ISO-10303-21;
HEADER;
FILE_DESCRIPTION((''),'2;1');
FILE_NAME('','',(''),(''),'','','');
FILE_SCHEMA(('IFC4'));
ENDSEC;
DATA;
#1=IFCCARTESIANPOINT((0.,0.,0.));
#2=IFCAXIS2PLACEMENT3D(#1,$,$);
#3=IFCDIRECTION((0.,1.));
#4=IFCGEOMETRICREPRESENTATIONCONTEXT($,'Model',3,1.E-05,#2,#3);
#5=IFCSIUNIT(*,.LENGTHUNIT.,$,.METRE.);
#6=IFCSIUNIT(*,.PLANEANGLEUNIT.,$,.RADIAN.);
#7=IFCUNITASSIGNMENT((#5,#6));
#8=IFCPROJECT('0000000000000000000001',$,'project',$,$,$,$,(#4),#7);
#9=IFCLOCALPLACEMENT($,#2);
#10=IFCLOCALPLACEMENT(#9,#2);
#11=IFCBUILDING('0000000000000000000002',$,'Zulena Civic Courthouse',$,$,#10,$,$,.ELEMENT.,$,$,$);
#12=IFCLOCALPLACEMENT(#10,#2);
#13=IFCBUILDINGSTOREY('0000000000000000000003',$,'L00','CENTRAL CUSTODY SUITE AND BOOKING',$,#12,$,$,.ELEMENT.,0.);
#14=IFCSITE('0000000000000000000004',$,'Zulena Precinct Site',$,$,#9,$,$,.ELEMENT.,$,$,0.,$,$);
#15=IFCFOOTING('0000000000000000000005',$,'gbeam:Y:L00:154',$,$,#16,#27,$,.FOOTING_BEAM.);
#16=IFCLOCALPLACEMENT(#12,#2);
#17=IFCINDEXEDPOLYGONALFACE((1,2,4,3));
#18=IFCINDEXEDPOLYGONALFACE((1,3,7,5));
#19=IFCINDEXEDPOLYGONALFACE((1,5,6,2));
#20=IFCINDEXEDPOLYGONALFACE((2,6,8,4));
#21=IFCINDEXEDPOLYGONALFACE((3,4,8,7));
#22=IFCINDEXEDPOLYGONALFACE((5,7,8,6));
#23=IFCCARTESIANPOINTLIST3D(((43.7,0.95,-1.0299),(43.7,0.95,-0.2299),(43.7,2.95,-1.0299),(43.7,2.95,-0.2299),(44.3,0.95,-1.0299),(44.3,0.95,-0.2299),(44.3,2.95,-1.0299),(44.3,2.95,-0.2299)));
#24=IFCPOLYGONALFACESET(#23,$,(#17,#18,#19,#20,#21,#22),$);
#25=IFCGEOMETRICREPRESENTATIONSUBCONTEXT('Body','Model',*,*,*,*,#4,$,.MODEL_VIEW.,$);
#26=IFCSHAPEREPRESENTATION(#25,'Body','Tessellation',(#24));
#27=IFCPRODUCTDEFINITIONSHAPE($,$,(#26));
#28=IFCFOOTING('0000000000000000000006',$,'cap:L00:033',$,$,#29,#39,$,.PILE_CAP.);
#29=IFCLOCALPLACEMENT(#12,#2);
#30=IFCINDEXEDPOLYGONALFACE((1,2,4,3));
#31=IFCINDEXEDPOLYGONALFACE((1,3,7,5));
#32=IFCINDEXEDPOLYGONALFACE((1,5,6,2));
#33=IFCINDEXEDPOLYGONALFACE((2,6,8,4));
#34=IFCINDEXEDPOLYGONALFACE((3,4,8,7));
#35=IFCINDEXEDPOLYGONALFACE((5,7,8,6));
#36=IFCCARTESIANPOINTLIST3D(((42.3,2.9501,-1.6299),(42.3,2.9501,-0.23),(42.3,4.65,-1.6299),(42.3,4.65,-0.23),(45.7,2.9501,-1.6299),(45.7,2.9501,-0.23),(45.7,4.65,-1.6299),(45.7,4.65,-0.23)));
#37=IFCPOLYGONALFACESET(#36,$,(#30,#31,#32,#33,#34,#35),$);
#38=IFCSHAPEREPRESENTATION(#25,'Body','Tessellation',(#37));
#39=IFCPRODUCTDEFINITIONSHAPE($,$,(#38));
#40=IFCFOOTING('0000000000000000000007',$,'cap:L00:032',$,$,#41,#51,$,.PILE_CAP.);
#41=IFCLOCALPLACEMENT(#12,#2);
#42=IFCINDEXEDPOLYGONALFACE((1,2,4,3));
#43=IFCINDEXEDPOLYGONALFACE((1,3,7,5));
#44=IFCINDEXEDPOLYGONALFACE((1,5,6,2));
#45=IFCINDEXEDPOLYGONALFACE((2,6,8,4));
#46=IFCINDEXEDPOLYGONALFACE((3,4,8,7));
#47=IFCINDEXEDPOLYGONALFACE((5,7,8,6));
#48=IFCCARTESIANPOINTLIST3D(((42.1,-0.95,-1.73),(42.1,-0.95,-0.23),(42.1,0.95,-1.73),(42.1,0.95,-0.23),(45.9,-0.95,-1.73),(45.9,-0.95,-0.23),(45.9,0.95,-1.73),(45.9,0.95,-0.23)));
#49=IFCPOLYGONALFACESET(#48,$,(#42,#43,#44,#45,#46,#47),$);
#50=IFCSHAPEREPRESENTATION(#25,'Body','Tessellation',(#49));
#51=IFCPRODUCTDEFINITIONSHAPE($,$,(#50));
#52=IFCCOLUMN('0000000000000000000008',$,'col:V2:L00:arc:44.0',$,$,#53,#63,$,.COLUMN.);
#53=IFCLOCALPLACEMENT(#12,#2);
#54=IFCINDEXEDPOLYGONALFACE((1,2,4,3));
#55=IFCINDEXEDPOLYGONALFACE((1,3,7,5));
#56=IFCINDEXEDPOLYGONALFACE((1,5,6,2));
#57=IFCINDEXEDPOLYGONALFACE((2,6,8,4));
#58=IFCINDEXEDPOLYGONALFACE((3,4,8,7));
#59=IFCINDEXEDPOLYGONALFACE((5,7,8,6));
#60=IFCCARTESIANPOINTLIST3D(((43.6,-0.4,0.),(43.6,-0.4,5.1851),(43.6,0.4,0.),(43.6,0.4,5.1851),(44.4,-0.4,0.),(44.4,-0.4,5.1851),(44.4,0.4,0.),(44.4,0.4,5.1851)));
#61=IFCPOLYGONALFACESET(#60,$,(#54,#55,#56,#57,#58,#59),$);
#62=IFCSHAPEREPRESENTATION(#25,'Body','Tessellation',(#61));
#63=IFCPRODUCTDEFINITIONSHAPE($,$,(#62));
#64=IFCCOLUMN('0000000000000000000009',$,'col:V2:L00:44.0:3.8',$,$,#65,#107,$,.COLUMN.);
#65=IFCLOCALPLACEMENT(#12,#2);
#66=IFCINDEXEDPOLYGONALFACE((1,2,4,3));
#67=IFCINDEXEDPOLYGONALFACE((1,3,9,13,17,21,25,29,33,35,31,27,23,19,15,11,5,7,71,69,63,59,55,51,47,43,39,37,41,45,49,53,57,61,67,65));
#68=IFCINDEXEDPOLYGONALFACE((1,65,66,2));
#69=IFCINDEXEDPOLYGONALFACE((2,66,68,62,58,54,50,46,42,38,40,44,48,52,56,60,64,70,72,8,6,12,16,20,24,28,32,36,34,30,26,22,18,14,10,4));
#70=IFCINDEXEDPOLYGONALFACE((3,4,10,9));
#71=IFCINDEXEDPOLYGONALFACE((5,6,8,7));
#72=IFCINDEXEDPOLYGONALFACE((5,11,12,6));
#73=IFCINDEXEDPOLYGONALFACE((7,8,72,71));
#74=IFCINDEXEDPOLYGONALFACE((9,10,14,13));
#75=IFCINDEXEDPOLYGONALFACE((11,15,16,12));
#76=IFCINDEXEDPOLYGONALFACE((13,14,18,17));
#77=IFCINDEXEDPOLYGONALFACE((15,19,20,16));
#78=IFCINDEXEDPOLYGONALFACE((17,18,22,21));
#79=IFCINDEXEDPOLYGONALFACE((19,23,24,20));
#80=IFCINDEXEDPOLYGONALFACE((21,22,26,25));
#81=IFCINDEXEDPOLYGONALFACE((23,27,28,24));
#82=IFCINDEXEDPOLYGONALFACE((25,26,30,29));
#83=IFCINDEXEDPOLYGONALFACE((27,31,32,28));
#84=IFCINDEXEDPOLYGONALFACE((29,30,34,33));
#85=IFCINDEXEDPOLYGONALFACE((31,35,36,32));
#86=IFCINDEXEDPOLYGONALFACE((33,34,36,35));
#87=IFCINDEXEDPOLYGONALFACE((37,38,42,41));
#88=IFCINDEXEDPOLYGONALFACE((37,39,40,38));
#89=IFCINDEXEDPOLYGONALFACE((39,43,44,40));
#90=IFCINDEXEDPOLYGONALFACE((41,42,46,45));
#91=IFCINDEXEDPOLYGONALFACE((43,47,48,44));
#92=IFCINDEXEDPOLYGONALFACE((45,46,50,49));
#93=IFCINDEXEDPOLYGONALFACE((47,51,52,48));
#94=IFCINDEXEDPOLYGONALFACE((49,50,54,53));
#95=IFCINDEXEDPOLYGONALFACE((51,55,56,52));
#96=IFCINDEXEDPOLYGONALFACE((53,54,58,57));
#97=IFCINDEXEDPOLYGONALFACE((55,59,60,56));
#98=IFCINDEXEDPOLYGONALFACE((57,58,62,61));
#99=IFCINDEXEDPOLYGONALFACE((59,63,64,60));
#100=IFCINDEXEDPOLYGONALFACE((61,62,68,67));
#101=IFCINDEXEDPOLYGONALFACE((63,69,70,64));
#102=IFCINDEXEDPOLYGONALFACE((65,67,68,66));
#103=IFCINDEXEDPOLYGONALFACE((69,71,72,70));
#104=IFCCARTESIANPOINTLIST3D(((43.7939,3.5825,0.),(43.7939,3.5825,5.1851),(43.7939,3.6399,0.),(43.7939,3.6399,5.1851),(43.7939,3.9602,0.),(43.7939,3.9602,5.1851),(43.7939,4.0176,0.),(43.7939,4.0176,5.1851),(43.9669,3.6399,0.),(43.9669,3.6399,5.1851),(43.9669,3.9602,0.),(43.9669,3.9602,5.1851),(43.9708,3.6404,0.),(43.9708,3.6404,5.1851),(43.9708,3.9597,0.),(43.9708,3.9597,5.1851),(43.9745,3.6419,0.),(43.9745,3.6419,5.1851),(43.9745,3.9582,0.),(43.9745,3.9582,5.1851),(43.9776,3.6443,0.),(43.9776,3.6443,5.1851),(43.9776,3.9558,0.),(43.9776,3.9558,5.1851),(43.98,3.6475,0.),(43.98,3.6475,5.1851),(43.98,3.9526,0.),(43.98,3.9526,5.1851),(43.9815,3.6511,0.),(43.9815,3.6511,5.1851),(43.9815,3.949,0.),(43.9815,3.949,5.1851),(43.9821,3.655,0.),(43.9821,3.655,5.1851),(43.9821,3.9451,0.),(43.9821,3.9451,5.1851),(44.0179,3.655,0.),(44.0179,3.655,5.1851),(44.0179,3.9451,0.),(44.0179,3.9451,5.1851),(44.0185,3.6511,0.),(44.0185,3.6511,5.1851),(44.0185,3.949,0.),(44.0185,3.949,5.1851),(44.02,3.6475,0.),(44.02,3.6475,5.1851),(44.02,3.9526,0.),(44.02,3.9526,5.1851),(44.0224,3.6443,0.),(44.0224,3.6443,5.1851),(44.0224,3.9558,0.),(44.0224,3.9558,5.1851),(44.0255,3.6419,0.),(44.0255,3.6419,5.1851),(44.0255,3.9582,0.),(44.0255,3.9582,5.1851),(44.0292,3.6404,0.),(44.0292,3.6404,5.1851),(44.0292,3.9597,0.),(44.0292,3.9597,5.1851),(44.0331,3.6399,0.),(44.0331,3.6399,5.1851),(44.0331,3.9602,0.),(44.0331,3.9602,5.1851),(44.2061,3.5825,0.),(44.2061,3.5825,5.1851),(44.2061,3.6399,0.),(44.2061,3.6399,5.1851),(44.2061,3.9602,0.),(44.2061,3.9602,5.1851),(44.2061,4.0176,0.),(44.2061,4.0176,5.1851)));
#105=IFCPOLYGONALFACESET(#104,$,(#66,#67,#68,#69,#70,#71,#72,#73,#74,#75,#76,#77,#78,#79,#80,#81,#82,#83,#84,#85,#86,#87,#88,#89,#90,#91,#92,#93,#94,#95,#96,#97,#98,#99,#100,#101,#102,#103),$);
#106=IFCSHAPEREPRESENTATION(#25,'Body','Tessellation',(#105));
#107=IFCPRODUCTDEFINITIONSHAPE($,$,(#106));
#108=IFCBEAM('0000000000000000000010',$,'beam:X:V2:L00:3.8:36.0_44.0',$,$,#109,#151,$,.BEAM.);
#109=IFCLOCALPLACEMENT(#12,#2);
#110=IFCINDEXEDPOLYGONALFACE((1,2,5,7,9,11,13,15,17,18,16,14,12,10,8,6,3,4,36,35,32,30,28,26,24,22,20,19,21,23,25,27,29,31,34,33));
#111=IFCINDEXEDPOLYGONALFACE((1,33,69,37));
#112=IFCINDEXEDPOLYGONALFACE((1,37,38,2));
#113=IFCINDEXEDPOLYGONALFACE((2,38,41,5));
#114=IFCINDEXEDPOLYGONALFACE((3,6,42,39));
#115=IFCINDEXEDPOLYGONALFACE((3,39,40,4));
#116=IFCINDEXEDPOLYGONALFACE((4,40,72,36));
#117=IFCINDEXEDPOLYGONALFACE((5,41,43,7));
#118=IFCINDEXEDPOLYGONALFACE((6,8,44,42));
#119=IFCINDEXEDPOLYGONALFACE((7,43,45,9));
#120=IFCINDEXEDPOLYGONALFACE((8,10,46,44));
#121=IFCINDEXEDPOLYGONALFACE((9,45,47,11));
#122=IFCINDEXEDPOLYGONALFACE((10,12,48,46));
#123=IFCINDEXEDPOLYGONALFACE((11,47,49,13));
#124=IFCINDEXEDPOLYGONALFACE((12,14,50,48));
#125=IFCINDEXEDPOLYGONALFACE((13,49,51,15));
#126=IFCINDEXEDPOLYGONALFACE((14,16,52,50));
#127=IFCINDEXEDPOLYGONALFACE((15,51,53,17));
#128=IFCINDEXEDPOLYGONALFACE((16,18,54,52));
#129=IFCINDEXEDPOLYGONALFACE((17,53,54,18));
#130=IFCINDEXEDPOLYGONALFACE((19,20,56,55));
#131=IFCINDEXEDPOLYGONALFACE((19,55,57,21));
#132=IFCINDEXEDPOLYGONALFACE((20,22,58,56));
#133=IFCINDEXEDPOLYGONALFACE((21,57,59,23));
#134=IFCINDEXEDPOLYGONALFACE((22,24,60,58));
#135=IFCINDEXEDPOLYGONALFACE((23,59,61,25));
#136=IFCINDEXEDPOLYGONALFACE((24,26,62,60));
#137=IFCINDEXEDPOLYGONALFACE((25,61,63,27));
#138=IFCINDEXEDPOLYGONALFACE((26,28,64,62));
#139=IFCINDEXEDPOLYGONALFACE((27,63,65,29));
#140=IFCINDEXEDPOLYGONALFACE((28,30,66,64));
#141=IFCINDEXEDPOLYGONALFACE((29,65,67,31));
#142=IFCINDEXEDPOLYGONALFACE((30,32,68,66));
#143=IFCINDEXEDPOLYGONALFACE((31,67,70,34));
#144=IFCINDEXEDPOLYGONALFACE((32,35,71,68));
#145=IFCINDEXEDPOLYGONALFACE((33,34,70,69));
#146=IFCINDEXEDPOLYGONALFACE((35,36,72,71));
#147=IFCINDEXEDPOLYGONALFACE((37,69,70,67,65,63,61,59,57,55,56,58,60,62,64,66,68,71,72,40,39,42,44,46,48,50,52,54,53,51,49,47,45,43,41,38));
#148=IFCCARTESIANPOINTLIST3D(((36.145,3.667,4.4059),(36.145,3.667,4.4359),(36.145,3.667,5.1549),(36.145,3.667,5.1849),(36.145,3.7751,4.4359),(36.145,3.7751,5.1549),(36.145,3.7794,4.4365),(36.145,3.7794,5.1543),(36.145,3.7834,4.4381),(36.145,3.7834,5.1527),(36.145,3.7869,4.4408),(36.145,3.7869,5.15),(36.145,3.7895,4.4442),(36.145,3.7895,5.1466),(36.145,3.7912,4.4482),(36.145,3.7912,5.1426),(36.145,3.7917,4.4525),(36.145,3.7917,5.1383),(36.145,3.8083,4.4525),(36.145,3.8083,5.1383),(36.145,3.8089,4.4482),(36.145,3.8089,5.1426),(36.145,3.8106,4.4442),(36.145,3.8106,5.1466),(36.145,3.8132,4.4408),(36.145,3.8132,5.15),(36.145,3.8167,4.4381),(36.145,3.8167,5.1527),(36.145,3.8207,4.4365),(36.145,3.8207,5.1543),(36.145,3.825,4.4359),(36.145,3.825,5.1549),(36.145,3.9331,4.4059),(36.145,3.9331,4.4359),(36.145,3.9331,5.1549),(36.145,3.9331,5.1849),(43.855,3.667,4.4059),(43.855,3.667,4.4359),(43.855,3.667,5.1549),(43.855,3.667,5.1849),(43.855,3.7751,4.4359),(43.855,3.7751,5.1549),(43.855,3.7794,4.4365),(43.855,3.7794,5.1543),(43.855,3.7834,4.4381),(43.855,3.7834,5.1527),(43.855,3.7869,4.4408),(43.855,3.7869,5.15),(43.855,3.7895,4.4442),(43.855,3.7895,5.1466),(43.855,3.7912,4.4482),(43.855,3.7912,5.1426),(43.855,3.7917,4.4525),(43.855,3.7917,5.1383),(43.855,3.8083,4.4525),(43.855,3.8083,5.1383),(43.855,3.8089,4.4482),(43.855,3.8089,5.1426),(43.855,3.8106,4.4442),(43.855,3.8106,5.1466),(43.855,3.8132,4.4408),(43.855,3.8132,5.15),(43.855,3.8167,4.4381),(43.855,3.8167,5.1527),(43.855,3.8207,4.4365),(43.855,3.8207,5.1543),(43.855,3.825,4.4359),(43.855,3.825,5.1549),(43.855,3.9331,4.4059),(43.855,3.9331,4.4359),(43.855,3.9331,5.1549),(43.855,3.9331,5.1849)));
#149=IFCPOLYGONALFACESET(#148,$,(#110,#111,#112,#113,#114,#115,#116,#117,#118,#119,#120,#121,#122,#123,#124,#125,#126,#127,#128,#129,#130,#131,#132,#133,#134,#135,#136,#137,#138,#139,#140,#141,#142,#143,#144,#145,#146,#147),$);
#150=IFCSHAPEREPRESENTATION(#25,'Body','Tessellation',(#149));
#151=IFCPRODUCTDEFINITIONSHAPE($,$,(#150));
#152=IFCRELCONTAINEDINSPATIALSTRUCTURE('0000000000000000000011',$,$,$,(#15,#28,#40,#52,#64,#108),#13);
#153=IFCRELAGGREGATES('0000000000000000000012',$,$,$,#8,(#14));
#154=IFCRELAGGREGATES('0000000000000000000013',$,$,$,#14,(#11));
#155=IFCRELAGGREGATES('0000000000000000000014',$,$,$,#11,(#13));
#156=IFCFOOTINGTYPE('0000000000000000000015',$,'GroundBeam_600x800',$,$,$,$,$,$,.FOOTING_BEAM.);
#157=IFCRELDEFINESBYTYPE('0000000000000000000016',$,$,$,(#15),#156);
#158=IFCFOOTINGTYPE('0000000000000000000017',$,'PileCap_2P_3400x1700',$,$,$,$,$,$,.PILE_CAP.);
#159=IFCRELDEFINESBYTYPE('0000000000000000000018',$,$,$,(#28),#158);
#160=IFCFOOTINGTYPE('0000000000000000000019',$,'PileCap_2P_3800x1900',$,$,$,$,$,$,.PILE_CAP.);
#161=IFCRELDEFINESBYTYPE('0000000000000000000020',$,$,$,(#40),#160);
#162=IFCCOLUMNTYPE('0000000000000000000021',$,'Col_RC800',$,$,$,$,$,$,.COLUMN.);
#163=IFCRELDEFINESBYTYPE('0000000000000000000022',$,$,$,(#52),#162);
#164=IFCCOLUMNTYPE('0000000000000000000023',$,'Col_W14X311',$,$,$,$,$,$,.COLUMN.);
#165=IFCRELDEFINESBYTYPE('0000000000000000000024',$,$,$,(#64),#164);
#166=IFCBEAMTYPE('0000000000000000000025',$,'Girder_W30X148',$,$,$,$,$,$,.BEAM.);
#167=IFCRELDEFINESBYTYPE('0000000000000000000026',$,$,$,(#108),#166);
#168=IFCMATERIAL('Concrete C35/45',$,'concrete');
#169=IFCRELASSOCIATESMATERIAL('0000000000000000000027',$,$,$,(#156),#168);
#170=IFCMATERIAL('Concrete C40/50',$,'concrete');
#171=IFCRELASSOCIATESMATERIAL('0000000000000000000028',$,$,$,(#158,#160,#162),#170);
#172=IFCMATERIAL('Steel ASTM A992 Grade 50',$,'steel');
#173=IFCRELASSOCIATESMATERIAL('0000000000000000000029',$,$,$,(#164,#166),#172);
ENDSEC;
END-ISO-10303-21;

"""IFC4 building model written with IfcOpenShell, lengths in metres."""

from ifc_helpers import new_model, si_unit, direction, frame, origin, origin_2d, place, context, subcontext, project, spatial, rectangle, i_section, extrude, material, material_profile, profile_set, type_object, element, save


model = new_model("IFC4")

# Units and contexts
model_context = context("Model", 3, precision=1e-05, world=origin(), true_north=direction((0.0, 1.0)))
body_context = subcontext(model_context, "Body", "Model", "MODEL_VIEW")
ifc_project = project(units=[si_unit("LENGTHUNIT", "METRE"), si_unit("PLANEANGLEUNIT", "RADIAN")], contexts=[model_context])

# Site, building, storey
site_placement = place(None, origin())
site = spatial("IfcSite", under=ifc_project, at=site_placement, Name="Zulena Precinct Site", CompositionType="ELEMENT", RefElevation=0.0)
building_placement = place(site_placement, origin())
building = spatial("IfcBuilding", under=site, at=building_placement, Name="Zulena Civic Courthouse", CompositionType="ELEMENT")
storey_placement = place(building_placement, origin())
storey = spatial("IfcBuildingStorey", under=building, at=storey_placement, Name="L00", Description="CENTRAL CUSTODY SUITE AND BOOKING", CompositionType="ELEMENT", Elevation=0.0)

# Shared definitions
ifc_material_1 = material(Name="Concrete C40/50", Category="concrete")

# Footings
ifc_material_2 = material(Name="Concrete C35/45", Category="concrete")
ifc_material_profile_1 = material_profile(ifc_material_2, rectangle(XDim=0.6001, YDim=0.8, at=origin_2d()), Name="RC600X800")
ifc_profile_set_1 = profile_set([ifc_material_profile_1], Name="Concrete C35/45")
footing_type_1 = type_object("IfcFootingType", Name="GroundBeam_600x800", PredefinedType="FOOTING_BEAM", material=ifc_profile_set_1)
footing_1_placement = place(storey_placement, frame((44.0, 0.95, -0.6299), z_axis=(0.0, 1.0, 0.0), x_axis=(-1.0, 0.0, 0.0)))
element("IfcFooting", 1, at=footing_1_placement, inside=storey, type_object=footing_type_1, Name="gbeam:Y:L00:154", PredefinedType="FOOTING_BEAM", context=body_context, shape_type="SweptSolid", body=[
    extrude(rectangle(XDim=0.6001, YDim=0.8, at=origin_2d()), origin(), (0.0, 0.0, 1.0), 2.0),
])
footing_type_2 = type_object("IfcFootingType", Name="PileCap_2P_3400x1700", PredefinedType="PILE_CAP", material=ifc_material_1)
footing_2_placement = place(storey_placement, frame((44.0, 3.8, -1.6299), z_axis=(0.0, 0.0, 1.0), x_axis=(1.0, 0.0, 0.0)))
element("IfcFooting", 2, at=footing_2_placement, inside=storey, type_object=footing_type_2, Name="cap:L00:033", PredefinedType="PILE_CAP", context=body_context, shape_type="SweptSolid", body=[
    extrude(rectangle(XDim=3.3999, YDim=1.7, at=origin_2d()), origin(), (0.0, 0.0, 1.0), 1.3999),
])
footing_type_3 = type_object("IfcFootingType", Name="PileCap_2P_3800x1900", PredefinedType="PILE_CAP", material=ifc_material_1)
footing_3_placement = place(storey_placement, frame((44.0, 0.0, -1.73), z_axis=(0.0, 0.0, 1.0), x_axis=(1.0, 0.0, 0.0)))
element("IfcFooting", 3, at=footing_3_placement, inside=storey, type_object=footing_type_3, Name="cap:L00:032", PredefinedType="PILE_CAP", context=body_context, shape_type="SweptSolid", body=[
    extrude(rectangle(XDim=3.8, YDim=1.8999, at=origin_2d()), origin(), (0.0, 0.0, 1.0), 1.5),
])

# Columns
ifc_material_profile_2 = material_profile(ifc_material_1, rectangle(XDim=0.8, YDim=0.8, at=origin_2d()), Name="RC800X800")
ifc_profile_set_2 = profile_set([ifc_material_profile_2], Name="Concrete C40/50")
column_type_1 = type_object("IfcColumnType", Name="Col_RC800", PredefinedType="COLUMN", material=ifc_profile_set_2)
column_1_placement = place(storey_placement, frame((44.0, 0.0, 0.0), z_axis=(0.0, 0.0, 1.0), x_axis=(1.0, 0.0, 0.0)))
element("IfcColumn", 4, at=column_1_placement, inside=storey, type_object=column_type_1, Name="col:V2:L00:arc:44.0", PredefinedType="COLUMN", context=body_context, shape_type="SweptSolid", body=[
    extrude(rectangle(XDim=0.8, YDim=0.8, at=origin_2d()), origin(), (0.0, 0.0, 1.0), 5.1851),
])
ifc_material_3 = material(Name="Steel ASTM A992 Grade 50", Category="steel")
ifc_material_profile_3 = material_profile(ifc_material_3, i_section(OverallWidth=0.4121, OverallDepth=0.4351, WebThickness=0.0359, FlangeThickness=0.0574, FilletRadius=0.0151, at=origin_2d()), Name="W14X311")
ifc_profile_set_3 = profile_set([ifc_material_profile_3], Name="Steel ASTM A992 Grade 50")
column_type_2 = type_object("IfcColumnType", Name="Col_W14X311", PredefinedType="COLUMN", material=ifc_profile_set_3)
column_2_placement = place(storey_placement, frame((44.0, 3.8, 0.0), z_axis=(0.0, 0.0, 1.0), x_axis=(1.0, 0.0, 0.0)))
element("IfcColumn", 5, at=column_2_placement, inside=storey, type_object=column_type_2, Name="col:V2:L00:44.0:3.8", PredefinedType="COLUMN", context=body_context, shape_type="SweptSolid", body=[
    extrude(i_section(OverallWidth=0.4121, OverallDepth=0.4351, WebThickness=0.0359, FlangeThickness=0.0574, FilletRadius=0.0151, at=origin_2d()), origin(), (0.0, 0.0, 1.0), 5.1851),
])

# Beam
ifc_material_profile_4 = material_profile(ifc_material_3, i_section(OverallWidth=0.2661, OverallDepth=0.7791, WebThickness=0.0166, FlangeThickness=0.03, FilletRadius=0.0166, at=origin_2d()), Name="W30X148")
ifc_profile_set_4 = profile_set([ifc_material_profile_4], Name="Steel ASTM A992 Grade 50")
beam_type_1 = type_object("IfcBeamType", Name="Girder_W30X148", PredefinedType="BEAM", material=ifc_profile_set_4)
beam_1_placement = place(storey_placement, frame((36.145, 3.8, 4.7954), z_axis=(1.0, 0.0, 0.0), x_axis=(0.0, 1.0, 0.0)))
element("IfcBeam", 6, at=beam_1_placement, inside=storey, type_object=beam_type_1, Name="beam:X:V2:L00:3.8:36.0_44.0", PredefinedType="BEAM", context=body_context, shape_type="SweptSolid", body=[
    extrude(i_section(OverallWidth=0.2661, OverallDepth=0.7791, WebThickness=0.0166, FlangeThickness=0.03, FilletRadius=0.0166, at=origin_2d()), origin(), (0.0, 0.0, 1.0), 7.71),
])

save(model, "model.ifc")
